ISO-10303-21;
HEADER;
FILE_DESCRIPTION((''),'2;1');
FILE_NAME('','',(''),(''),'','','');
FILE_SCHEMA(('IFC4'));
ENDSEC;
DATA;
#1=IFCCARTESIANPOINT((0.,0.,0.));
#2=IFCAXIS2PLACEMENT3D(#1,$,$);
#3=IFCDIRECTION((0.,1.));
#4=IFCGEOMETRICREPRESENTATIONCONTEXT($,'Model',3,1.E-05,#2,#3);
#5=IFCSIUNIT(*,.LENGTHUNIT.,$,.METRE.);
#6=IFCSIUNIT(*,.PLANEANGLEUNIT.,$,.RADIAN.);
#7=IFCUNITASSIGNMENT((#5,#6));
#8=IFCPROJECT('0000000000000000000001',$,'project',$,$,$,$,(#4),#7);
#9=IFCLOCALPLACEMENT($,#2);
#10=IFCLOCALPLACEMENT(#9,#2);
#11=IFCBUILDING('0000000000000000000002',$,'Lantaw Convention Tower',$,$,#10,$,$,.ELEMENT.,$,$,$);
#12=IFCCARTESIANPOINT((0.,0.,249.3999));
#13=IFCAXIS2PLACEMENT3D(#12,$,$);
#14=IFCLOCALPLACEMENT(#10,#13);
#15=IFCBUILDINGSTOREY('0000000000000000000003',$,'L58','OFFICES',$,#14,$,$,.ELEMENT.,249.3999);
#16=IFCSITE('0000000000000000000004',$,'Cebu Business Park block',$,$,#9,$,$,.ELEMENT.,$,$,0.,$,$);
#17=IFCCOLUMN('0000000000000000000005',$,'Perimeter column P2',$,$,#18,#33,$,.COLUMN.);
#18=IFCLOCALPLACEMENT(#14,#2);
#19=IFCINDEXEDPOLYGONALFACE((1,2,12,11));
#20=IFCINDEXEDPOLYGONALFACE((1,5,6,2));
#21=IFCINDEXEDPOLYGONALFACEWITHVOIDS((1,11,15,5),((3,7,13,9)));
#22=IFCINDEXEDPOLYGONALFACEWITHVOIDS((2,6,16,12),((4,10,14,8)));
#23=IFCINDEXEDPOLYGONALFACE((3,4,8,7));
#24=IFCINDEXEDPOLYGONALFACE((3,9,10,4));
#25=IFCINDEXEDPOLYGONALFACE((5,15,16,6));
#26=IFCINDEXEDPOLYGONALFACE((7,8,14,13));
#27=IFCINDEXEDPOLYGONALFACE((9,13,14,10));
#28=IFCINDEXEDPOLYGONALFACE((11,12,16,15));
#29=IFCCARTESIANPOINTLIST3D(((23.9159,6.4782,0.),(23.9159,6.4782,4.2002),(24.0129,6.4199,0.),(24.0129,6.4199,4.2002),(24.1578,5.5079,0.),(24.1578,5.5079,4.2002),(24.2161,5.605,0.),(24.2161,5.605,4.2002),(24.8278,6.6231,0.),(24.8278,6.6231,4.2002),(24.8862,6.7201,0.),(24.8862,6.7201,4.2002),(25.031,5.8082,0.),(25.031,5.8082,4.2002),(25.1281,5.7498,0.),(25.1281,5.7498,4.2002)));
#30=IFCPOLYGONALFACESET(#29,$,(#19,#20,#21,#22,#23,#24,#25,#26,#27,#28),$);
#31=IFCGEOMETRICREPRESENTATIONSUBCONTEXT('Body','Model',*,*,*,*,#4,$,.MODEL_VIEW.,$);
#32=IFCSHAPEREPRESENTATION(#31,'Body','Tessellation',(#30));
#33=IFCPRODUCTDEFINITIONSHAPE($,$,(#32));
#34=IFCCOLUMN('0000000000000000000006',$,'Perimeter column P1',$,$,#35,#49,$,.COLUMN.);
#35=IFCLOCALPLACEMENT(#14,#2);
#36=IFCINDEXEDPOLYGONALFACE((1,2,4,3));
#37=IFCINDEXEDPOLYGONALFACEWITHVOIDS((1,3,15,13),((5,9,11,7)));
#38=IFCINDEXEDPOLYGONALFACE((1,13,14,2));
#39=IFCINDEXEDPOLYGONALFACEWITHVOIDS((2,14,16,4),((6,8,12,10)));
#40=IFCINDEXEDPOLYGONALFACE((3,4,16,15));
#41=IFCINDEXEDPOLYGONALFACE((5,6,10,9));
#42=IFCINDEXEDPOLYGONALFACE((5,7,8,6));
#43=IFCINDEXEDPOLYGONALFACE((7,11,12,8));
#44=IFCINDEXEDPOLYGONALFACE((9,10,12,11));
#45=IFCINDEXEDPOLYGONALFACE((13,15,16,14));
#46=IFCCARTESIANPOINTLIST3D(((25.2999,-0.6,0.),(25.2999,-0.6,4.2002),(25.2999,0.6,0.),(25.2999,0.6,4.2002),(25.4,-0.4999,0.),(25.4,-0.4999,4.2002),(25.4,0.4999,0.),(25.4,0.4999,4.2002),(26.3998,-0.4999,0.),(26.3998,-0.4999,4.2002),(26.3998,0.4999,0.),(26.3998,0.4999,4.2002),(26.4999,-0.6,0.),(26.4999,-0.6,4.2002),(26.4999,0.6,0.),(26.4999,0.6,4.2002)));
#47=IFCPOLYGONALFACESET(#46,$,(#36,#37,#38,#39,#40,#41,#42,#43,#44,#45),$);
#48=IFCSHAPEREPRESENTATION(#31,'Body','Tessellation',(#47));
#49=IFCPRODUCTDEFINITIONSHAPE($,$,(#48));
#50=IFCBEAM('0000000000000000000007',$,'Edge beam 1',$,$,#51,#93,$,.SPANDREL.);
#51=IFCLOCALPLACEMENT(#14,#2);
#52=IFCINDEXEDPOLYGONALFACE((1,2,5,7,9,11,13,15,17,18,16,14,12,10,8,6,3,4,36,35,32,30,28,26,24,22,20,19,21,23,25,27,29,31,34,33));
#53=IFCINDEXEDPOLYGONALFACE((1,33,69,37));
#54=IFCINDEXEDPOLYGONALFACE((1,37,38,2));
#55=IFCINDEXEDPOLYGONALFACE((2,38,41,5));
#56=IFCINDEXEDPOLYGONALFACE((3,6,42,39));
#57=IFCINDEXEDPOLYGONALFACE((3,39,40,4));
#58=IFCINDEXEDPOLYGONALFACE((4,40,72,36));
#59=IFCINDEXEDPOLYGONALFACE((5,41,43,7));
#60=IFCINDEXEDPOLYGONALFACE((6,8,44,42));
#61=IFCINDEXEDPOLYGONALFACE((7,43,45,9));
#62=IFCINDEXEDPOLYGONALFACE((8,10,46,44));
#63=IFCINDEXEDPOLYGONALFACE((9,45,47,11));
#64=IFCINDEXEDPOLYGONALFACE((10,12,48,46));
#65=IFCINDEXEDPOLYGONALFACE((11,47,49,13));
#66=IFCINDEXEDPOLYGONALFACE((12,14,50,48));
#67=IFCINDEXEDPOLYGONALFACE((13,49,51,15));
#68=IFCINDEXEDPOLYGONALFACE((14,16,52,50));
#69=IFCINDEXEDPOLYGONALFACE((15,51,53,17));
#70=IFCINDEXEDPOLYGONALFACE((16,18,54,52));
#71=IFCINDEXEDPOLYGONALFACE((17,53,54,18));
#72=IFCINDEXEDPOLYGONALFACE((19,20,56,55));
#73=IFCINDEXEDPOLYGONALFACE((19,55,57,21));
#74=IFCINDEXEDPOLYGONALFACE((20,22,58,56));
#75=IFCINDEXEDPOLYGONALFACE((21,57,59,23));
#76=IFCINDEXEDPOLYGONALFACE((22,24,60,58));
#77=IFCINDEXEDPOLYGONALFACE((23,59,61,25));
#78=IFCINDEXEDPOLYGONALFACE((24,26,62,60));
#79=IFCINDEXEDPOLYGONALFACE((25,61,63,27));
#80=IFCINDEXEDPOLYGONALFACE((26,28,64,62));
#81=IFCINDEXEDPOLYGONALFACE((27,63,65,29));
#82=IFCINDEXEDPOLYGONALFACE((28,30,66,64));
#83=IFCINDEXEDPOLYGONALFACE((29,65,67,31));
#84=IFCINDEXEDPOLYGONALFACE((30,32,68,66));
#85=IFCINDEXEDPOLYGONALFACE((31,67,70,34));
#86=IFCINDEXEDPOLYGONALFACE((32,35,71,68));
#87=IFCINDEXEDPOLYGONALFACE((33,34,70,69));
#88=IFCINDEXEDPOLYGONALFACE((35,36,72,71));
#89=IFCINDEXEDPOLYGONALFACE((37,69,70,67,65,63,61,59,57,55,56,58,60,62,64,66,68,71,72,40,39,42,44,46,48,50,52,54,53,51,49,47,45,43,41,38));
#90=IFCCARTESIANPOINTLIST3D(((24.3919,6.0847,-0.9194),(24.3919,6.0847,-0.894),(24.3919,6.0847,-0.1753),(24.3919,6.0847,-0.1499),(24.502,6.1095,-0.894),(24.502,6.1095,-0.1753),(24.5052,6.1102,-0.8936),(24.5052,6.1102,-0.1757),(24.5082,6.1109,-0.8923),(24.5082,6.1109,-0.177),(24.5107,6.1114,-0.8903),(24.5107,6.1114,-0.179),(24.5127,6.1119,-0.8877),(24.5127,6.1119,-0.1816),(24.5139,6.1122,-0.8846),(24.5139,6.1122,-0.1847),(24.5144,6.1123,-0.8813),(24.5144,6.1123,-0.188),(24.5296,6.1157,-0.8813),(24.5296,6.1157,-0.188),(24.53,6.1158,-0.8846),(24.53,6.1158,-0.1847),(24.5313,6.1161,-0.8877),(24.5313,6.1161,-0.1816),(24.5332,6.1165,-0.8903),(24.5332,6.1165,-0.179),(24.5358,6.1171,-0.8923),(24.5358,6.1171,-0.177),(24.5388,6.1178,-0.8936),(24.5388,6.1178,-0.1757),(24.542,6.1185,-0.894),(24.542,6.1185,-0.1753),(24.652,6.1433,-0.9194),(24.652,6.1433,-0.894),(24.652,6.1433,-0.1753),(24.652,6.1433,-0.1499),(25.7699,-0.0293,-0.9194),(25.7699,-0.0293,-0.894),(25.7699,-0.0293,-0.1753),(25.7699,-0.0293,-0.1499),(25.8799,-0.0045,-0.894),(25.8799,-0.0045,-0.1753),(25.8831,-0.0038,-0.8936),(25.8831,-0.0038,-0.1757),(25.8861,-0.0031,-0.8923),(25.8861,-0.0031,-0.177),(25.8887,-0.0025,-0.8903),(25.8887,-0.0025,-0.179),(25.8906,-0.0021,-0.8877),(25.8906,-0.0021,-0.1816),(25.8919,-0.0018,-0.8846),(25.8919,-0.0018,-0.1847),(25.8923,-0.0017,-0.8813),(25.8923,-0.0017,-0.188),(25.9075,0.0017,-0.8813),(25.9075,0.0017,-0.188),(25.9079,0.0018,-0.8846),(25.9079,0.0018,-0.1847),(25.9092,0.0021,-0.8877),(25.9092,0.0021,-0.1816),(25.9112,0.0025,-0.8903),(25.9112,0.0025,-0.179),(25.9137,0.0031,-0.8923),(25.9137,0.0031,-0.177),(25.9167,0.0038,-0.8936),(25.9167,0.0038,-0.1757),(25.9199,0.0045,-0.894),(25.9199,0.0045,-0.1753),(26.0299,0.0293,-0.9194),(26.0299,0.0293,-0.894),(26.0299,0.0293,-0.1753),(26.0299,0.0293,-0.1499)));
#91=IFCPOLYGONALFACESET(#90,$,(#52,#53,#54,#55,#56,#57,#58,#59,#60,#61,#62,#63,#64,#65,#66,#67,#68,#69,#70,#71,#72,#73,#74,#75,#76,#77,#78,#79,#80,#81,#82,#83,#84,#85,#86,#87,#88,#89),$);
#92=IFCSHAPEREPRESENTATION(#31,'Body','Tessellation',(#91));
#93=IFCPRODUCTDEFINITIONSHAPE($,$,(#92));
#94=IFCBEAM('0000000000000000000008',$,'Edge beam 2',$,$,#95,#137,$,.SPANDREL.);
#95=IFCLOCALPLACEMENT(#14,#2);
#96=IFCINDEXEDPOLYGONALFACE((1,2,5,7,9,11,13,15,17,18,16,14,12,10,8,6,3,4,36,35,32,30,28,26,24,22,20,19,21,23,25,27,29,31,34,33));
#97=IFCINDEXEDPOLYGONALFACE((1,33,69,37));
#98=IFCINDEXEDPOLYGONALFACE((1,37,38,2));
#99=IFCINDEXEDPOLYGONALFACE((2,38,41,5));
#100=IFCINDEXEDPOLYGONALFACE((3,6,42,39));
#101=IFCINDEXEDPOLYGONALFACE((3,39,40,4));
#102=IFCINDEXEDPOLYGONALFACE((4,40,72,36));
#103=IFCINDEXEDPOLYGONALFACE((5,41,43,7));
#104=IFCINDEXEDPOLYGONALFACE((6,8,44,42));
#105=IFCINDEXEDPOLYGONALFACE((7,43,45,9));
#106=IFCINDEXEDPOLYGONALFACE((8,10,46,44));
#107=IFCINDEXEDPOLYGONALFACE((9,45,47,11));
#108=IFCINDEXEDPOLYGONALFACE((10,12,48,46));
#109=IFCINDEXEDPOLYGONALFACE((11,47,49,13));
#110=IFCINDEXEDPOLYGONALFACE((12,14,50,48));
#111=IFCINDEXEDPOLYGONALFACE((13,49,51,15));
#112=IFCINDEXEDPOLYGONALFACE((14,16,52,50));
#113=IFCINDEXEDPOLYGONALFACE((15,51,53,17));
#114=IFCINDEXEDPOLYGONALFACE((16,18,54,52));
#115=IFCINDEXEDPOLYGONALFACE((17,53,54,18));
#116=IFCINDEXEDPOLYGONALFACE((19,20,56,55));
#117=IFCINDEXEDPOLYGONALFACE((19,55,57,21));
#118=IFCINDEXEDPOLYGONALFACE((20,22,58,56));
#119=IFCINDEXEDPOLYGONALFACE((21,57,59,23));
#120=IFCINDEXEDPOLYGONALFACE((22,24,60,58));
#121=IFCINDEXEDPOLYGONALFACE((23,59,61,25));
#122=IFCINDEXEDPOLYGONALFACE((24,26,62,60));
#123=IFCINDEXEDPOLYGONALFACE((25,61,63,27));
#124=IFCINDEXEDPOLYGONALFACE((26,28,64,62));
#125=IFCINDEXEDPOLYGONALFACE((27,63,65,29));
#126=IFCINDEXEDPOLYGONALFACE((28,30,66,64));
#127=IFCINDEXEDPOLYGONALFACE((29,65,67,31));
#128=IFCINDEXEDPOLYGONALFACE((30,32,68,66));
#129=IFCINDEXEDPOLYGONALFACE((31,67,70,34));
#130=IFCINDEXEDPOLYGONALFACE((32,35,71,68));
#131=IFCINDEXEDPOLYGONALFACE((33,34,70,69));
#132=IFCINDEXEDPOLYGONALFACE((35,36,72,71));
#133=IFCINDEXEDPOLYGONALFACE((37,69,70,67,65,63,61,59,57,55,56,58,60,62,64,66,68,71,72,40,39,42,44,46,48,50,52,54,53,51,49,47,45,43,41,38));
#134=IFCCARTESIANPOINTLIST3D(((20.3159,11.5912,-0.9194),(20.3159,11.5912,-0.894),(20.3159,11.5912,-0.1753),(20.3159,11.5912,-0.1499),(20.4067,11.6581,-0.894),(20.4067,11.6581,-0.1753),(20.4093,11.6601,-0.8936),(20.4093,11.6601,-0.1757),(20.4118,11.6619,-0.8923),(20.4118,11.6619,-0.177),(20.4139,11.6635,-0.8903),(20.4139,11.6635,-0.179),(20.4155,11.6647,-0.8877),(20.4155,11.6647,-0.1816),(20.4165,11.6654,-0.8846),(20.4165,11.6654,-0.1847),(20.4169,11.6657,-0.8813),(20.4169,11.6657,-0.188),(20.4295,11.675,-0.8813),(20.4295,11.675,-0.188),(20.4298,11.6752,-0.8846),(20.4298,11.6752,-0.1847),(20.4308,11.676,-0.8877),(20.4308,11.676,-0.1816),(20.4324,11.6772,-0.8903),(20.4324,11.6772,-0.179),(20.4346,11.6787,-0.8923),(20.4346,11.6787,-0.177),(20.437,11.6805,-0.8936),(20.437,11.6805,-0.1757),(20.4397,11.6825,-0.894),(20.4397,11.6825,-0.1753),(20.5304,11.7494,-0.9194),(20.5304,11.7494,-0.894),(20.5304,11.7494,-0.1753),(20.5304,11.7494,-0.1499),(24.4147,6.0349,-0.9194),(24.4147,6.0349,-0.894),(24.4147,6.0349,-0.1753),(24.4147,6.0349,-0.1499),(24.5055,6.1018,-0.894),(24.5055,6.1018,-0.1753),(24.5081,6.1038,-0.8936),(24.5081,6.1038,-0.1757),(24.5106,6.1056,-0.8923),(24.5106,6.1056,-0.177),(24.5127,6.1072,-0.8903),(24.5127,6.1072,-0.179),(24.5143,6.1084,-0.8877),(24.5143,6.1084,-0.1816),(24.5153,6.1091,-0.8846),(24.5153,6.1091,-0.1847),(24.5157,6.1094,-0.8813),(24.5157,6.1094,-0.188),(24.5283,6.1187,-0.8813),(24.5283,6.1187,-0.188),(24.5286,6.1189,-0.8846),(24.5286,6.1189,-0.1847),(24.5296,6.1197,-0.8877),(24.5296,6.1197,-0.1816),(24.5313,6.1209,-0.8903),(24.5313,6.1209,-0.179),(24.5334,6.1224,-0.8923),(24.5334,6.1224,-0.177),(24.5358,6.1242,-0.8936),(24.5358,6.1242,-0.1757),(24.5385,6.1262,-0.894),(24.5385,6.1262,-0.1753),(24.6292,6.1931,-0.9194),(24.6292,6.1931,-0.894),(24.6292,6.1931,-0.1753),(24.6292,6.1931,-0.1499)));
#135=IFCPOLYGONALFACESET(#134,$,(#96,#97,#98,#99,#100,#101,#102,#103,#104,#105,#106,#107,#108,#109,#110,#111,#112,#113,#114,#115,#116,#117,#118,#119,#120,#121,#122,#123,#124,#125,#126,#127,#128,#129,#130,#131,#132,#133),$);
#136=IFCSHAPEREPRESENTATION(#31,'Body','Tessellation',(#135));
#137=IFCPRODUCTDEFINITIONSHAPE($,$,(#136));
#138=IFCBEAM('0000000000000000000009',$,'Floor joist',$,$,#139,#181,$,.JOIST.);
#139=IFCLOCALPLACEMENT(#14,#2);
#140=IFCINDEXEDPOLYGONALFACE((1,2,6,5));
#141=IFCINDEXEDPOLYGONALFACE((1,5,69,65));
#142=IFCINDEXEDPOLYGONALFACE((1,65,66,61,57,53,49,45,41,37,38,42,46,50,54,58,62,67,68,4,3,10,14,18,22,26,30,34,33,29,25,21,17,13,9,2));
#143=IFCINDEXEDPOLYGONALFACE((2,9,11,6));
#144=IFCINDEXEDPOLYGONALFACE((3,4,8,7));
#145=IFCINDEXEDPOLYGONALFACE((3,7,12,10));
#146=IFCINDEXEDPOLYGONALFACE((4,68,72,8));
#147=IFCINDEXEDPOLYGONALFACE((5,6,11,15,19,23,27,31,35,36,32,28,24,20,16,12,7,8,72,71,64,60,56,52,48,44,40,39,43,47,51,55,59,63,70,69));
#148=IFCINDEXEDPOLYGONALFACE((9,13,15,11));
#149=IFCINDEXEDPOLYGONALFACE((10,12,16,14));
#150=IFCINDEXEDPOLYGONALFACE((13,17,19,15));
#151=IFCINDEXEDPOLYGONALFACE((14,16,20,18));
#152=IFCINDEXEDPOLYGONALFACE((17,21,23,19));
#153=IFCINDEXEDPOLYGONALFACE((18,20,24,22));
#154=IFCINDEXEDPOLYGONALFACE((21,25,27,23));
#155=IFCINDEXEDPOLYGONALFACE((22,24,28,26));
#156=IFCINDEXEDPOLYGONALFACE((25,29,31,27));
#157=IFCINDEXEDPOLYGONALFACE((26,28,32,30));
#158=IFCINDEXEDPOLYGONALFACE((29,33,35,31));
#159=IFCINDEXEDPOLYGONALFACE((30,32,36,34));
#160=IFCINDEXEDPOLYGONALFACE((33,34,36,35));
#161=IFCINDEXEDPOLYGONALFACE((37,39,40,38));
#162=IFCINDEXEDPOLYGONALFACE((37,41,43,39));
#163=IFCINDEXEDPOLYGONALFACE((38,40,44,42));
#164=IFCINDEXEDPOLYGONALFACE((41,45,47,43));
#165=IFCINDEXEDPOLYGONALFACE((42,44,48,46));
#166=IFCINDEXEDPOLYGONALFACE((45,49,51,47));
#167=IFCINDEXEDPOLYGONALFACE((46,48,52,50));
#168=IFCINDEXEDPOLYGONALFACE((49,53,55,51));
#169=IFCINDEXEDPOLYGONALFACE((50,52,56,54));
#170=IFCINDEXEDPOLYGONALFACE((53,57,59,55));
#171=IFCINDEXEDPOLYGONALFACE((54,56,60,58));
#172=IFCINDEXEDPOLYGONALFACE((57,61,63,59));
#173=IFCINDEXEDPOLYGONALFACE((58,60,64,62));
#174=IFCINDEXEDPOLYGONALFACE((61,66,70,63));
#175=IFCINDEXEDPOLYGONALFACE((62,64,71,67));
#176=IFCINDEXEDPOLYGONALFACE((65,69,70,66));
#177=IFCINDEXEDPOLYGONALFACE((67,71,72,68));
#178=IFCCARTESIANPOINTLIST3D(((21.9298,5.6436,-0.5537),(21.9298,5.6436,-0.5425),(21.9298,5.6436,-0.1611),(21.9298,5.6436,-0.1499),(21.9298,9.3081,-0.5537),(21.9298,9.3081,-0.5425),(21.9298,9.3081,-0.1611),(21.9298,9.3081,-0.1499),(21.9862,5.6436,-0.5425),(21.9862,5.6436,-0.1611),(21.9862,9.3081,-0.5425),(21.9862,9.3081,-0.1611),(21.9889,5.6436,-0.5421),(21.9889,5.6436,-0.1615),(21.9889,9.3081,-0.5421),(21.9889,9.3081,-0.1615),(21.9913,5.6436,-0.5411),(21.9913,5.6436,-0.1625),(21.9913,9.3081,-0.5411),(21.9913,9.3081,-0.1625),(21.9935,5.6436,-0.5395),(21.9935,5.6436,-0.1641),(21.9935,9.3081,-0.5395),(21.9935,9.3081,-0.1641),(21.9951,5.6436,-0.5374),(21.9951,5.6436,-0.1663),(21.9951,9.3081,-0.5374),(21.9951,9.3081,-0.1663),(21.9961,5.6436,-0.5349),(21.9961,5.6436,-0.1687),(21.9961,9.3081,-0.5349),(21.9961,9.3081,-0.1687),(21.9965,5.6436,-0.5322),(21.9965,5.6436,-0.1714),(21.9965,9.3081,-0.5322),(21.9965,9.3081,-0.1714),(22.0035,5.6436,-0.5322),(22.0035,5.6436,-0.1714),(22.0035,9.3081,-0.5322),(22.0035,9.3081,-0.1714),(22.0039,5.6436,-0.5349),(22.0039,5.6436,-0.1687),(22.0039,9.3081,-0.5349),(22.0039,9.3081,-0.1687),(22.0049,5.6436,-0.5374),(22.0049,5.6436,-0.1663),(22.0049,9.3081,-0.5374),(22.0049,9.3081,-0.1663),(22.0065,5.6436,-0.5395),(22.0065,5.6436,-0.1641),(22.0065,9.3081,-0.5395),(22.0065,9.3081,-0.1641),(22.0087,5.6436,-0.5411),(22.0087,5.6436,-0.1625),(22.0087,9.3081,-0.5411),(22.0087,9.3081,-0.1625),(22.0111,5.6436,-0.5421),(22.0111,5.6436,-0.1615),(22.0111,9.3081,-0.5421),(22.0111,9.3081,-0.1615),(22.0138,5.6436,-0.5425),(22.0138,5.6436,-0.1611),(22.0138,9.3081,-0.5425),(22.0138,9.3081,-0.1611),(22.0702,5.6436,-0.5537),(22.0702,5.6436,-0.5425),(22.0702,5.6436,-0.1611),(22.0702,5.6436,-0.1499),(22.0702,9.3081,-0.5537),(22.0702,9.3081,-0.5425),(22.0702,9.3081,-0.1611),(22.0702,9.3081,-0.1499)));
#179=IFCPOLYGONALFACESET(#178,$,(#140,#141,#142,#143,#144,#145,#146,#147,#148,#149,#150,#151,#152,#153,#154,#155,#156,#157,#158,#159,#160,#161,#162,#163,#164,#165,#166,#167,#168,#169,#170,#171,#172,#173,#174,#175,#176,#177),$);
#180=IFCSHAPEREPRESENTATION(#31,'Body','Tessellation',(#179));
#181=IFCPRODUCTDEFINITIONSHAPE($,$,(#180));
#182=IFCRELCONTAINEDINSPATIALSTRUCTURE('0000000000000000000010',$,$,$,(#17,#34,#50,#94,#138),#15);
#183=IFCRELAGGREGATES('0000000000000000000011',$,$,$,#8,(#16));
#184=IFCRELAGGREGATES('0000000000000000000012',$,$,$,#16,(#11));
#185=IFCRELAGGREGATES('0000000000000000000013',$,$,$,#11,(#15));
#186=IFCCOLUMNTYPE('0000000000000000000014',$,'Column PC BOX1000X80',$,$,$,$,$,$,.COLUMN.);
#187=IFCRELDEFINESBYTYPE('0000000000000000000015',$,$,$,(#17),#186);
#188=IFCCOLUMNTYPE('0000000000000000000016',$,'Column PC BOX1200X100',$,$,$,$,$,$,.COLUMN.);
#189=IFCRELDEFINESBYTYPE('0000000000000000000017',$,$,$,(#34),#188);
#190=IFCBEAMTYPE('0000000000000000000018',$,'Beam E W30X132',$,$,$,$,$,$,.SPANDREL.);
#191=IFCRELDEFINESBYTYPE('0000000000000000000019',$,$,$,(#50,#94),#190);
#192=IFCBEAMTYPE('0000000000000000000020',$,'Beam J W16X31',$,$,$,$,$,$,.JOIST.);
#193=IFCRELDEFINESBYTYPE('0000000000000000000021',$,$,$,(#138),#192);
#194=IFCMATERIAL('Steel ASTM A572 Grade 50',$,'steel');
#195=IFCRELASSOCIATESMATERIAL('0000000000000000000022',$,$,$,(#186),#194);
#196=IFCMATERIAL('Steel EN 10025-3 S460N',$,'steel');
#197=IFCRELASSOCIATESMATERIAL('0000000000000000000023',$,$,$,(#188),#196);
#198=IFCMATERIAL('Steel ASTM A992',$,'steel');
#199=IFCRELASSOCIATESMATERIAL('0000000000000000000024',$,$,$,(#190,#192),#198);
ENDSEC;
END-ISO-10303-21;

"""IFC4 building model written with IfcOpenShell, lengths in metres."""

from ifc_helpers import new_model, si_unit, direction, frame, origin, origin_2d, place, context, subcontext, project, spatial, rectangle, hollow_rectangle, i_section, extrude, material, material_profile, profile_set, type_object, element, save


model = new_model("IFC4")

# Units and contexts
model_context = context("Model", 3, precision=1e-05, world=origin(), true_north=direction((0.0, 1.0)))
body_context = subcontext(model_context, "Body", "Model", "MODEL_VIEW")
ifc_project = project(units=[si_unit("LENGTHUNIT", "METRE"), si_unit("PLANEANGLEUNIT", "RADIAN")], contexts=[model_context])

# Site, building, storey
site_placement = place(None, origin())
site = spatial("IfcSite", under=ifc_project, at=site_placement, Name="Cebu Business Park block", CompositionType="ELEMENT", RefElevation=0.0)
building_placement = place(site_placement, origin())
building = spatial("IfcBuilding", under=site, at=building_placement, Name="Lantaw Convention Tower", CompositionType="ELEMENT")
storey_placement = place(building_placement, frame((0.0, 0.0, 249.3999)))
storey = spatial("IfcBuildingStorey", under=building, at=storey_placement, Name="L58", Description="OFFICES", CompositionType="ELEMENT", Elevation=249.3999)

# Columns
ifc_material_1 = material(Name="Steel ASTM A572 Grade 50", Category="steel")
ifc_material_profile_1 = material_profile(ifc_material_1, hollow_rectangle(XDim=1.0, YDim=1.0, WallThickness=0.0801, at=origin_2d()), Name="BOX1000X80")
ifc_material_2 = material(Name="Concrete C60/75", Category="concrete")
ifc_material_profile_2 = material_profile(ifc_material_2, rectangle(XDim=0.8401, YDim=0.8401, at=origin_2d()), Name="Concrete fill of BOX1000X80")
ifc_profile_set_1 = profile_set([ifc_material_profile_1, ifc_material_profile_2], Name="Steel ASTM A572 Grade 50")
column_type_1 = type_object("IfcColumnType", Name="Column PC BOX1000X80", PredefinedType="COLUMN", material=ifc_profile_set_1)
column_1_placement = place(storey_placement, frame((24.522, 6.114, 0.0), z_axis=(0.0, 0.0, 1.0), x_axis=(0.970296, 0.241922, 0.0)))
element("IfcColumn", 1, at=column_1_placement, inside=storey, type_object=column_type_1, Name="Perimeter column P2", PredefinedType="COLUMN", context=body_context, shape_type="SweptSolid", body=[
    extrude(hollow_rectangle(XDim=1.0, YDim=1.0, WallThickness=0.0801, at=origin_2d()), origin(), (0.0, 0.0, 1.0), 4.2002),
])
ifc_material_3 = material(Name="Steel EN 10025-3 S460N", Category="steel")
ifc_material_profile_3 = material_profile(ifc_material_3, hollow_rectangle(XDim=1.2, YDim=1.2, WallThickness=0.1001, at=origin_2d()), Name="BOX1200X100")
ifc_material_profile_4 = material_profile(ifc_material_2, rectangle(XDim=1.0, YDim=1.0, at=origin_2d()), Name="Concrete fill of BOX1200X100")
ifc_profile_set_2 = profile_set([ifc_material_profile_3, ifc_material_profile_4], Name="Steel EN 10025-3 S460N")
column_type_2 = type_object("IfcColumnType", Name="Column PC BOX1200X100", PredefinedType="COLUMN", material=ifc_profile_set_2)
column_2_placement = place(storey_placement, frame((25.8999, 0.0, 0.0), z_axis=(0.0, 0.0, 1.0), x_axis=(1.0, 0.0, 0.0)))
element("IfcColumn", 2, at=column_2_placement, inside=storey, type_object=column_type_2, Name="Perimeter column P1", PredefinedType="COLUMN", context=body_context, shape_type="SweptSolid", body=[
    extrude(hollow_rectangle(XDim=1.2, YDim=1.2, WallThickness=0.1001, at=origin_2d()), origin(), (0.0, 0.0, 1.0), 4.2002),
])

# Beams
ifc_material_4 = material(Name="Steel ASTM A992", Category="steel")
ifc_material_profile_5 = material_profile(ifc_material_4, i_section(OverallWidth=0.2666, OverallDepth=0.7695, WebThickness=0.0156, FlangeThickness=0.0254, FilletRadius=0.0127, at=origin_2d()), Name="W30X132")
ifc_profile_set_3 = profile_set([ifc_material_profile_5], Name="Steel ASTM A992")
beam_type_1 = type_object("IfcBeamType", Name="Beam E W30X132", PredefinedType="SPANDREL", material=ifc_profile_set_3)
beam_1_placement = place(storey_placement, frame((25.8999, 0.0, -0.5347), z_axis=(-0.219858, 0.975532, 0.0), x_axis=(-0.975532, -0.219858, 0.0)))
element("IfcBeam", 3, at=beam_1_placement, inside=storey, type_object=beam_type_1, Name="Edge beam 1", PredefinedType="SPANDREL", context=body_context, shape_type="SweptSolid", body=[
    extrude(i_section(OverallWidth=0.2666, OverallDepth=0.7695, WebThickness=0.0156, FlangeThickness=0.0254, FilletRadius=0.0127, at=origin_2d()), origin(), (0.0, 0.0, 1.0), 6.2673),
])
beam_2_placement = place(storey_placement, frame((24.522, 6.114, -0.5347), z_axis=(-0.593639, 0.804731, 0.0), x_axis=(-0.804731, -0.593639, 0.0)))
element("IfcBeam", 4, at=beam_2_placement, inside=storey, type_object=beam_type_1, Name="Edge beam 2", PredefinedType="SPANDREL", context=body_context, shape_type="SweptSolid", body=[
    extrude(i_section(OverallWidth=0.2666, OverallDepth=0.7695, WebThickness=0.0156, FlangeThickness=0.0254, FilletRadius=0.0127, at=origin_2d()), origin(), (0.0, 0.0, 1.0), 6.9045),
])
ifc_material_profile_6 = material_profile(ifc_material_4, i_section(OverallWidth=0.1404, OverallDepth=0.4038, WebThickness=0.0071, FlangeThickness=0.0112, FilletRadius=0.0103, at=origin_2d()), Name="W16X31")
ifc_profile_set_4 = profile_set([ifc_material_profile_6], Name="Steel ASTM A992")
beam_type_2 = type_object("IfcBeamType", Name="Beam J W16X31", PredefinedType="JOIST", material=ifc_profile_set_4)
beam_3_placement = place(storey_placement, frame((22.0, 5.6436, -0.3518), z_axis=(0.0, 1.0, 0.0), x_axis=(-1.0, 0.0, 0.0)))
element("IfcBeam", 5, at=beam_3_placement, inside=storey, type_object=beam_type_2, Name="Floor joist", PredefinedType="JOIST", context=body_context, shape_type="SweptSolid", body=[
    extrude(i_section(OverallWidth=0.1404, OverallDepth=0.4038, WebThickness=0.0071, FlangeThickness=0.0112, FilletRadius=0.0103, at=origin_2d()), origin(), (0.0, 0.0, 1.0), 3.6646),
])

save(model, "model.ifc")
